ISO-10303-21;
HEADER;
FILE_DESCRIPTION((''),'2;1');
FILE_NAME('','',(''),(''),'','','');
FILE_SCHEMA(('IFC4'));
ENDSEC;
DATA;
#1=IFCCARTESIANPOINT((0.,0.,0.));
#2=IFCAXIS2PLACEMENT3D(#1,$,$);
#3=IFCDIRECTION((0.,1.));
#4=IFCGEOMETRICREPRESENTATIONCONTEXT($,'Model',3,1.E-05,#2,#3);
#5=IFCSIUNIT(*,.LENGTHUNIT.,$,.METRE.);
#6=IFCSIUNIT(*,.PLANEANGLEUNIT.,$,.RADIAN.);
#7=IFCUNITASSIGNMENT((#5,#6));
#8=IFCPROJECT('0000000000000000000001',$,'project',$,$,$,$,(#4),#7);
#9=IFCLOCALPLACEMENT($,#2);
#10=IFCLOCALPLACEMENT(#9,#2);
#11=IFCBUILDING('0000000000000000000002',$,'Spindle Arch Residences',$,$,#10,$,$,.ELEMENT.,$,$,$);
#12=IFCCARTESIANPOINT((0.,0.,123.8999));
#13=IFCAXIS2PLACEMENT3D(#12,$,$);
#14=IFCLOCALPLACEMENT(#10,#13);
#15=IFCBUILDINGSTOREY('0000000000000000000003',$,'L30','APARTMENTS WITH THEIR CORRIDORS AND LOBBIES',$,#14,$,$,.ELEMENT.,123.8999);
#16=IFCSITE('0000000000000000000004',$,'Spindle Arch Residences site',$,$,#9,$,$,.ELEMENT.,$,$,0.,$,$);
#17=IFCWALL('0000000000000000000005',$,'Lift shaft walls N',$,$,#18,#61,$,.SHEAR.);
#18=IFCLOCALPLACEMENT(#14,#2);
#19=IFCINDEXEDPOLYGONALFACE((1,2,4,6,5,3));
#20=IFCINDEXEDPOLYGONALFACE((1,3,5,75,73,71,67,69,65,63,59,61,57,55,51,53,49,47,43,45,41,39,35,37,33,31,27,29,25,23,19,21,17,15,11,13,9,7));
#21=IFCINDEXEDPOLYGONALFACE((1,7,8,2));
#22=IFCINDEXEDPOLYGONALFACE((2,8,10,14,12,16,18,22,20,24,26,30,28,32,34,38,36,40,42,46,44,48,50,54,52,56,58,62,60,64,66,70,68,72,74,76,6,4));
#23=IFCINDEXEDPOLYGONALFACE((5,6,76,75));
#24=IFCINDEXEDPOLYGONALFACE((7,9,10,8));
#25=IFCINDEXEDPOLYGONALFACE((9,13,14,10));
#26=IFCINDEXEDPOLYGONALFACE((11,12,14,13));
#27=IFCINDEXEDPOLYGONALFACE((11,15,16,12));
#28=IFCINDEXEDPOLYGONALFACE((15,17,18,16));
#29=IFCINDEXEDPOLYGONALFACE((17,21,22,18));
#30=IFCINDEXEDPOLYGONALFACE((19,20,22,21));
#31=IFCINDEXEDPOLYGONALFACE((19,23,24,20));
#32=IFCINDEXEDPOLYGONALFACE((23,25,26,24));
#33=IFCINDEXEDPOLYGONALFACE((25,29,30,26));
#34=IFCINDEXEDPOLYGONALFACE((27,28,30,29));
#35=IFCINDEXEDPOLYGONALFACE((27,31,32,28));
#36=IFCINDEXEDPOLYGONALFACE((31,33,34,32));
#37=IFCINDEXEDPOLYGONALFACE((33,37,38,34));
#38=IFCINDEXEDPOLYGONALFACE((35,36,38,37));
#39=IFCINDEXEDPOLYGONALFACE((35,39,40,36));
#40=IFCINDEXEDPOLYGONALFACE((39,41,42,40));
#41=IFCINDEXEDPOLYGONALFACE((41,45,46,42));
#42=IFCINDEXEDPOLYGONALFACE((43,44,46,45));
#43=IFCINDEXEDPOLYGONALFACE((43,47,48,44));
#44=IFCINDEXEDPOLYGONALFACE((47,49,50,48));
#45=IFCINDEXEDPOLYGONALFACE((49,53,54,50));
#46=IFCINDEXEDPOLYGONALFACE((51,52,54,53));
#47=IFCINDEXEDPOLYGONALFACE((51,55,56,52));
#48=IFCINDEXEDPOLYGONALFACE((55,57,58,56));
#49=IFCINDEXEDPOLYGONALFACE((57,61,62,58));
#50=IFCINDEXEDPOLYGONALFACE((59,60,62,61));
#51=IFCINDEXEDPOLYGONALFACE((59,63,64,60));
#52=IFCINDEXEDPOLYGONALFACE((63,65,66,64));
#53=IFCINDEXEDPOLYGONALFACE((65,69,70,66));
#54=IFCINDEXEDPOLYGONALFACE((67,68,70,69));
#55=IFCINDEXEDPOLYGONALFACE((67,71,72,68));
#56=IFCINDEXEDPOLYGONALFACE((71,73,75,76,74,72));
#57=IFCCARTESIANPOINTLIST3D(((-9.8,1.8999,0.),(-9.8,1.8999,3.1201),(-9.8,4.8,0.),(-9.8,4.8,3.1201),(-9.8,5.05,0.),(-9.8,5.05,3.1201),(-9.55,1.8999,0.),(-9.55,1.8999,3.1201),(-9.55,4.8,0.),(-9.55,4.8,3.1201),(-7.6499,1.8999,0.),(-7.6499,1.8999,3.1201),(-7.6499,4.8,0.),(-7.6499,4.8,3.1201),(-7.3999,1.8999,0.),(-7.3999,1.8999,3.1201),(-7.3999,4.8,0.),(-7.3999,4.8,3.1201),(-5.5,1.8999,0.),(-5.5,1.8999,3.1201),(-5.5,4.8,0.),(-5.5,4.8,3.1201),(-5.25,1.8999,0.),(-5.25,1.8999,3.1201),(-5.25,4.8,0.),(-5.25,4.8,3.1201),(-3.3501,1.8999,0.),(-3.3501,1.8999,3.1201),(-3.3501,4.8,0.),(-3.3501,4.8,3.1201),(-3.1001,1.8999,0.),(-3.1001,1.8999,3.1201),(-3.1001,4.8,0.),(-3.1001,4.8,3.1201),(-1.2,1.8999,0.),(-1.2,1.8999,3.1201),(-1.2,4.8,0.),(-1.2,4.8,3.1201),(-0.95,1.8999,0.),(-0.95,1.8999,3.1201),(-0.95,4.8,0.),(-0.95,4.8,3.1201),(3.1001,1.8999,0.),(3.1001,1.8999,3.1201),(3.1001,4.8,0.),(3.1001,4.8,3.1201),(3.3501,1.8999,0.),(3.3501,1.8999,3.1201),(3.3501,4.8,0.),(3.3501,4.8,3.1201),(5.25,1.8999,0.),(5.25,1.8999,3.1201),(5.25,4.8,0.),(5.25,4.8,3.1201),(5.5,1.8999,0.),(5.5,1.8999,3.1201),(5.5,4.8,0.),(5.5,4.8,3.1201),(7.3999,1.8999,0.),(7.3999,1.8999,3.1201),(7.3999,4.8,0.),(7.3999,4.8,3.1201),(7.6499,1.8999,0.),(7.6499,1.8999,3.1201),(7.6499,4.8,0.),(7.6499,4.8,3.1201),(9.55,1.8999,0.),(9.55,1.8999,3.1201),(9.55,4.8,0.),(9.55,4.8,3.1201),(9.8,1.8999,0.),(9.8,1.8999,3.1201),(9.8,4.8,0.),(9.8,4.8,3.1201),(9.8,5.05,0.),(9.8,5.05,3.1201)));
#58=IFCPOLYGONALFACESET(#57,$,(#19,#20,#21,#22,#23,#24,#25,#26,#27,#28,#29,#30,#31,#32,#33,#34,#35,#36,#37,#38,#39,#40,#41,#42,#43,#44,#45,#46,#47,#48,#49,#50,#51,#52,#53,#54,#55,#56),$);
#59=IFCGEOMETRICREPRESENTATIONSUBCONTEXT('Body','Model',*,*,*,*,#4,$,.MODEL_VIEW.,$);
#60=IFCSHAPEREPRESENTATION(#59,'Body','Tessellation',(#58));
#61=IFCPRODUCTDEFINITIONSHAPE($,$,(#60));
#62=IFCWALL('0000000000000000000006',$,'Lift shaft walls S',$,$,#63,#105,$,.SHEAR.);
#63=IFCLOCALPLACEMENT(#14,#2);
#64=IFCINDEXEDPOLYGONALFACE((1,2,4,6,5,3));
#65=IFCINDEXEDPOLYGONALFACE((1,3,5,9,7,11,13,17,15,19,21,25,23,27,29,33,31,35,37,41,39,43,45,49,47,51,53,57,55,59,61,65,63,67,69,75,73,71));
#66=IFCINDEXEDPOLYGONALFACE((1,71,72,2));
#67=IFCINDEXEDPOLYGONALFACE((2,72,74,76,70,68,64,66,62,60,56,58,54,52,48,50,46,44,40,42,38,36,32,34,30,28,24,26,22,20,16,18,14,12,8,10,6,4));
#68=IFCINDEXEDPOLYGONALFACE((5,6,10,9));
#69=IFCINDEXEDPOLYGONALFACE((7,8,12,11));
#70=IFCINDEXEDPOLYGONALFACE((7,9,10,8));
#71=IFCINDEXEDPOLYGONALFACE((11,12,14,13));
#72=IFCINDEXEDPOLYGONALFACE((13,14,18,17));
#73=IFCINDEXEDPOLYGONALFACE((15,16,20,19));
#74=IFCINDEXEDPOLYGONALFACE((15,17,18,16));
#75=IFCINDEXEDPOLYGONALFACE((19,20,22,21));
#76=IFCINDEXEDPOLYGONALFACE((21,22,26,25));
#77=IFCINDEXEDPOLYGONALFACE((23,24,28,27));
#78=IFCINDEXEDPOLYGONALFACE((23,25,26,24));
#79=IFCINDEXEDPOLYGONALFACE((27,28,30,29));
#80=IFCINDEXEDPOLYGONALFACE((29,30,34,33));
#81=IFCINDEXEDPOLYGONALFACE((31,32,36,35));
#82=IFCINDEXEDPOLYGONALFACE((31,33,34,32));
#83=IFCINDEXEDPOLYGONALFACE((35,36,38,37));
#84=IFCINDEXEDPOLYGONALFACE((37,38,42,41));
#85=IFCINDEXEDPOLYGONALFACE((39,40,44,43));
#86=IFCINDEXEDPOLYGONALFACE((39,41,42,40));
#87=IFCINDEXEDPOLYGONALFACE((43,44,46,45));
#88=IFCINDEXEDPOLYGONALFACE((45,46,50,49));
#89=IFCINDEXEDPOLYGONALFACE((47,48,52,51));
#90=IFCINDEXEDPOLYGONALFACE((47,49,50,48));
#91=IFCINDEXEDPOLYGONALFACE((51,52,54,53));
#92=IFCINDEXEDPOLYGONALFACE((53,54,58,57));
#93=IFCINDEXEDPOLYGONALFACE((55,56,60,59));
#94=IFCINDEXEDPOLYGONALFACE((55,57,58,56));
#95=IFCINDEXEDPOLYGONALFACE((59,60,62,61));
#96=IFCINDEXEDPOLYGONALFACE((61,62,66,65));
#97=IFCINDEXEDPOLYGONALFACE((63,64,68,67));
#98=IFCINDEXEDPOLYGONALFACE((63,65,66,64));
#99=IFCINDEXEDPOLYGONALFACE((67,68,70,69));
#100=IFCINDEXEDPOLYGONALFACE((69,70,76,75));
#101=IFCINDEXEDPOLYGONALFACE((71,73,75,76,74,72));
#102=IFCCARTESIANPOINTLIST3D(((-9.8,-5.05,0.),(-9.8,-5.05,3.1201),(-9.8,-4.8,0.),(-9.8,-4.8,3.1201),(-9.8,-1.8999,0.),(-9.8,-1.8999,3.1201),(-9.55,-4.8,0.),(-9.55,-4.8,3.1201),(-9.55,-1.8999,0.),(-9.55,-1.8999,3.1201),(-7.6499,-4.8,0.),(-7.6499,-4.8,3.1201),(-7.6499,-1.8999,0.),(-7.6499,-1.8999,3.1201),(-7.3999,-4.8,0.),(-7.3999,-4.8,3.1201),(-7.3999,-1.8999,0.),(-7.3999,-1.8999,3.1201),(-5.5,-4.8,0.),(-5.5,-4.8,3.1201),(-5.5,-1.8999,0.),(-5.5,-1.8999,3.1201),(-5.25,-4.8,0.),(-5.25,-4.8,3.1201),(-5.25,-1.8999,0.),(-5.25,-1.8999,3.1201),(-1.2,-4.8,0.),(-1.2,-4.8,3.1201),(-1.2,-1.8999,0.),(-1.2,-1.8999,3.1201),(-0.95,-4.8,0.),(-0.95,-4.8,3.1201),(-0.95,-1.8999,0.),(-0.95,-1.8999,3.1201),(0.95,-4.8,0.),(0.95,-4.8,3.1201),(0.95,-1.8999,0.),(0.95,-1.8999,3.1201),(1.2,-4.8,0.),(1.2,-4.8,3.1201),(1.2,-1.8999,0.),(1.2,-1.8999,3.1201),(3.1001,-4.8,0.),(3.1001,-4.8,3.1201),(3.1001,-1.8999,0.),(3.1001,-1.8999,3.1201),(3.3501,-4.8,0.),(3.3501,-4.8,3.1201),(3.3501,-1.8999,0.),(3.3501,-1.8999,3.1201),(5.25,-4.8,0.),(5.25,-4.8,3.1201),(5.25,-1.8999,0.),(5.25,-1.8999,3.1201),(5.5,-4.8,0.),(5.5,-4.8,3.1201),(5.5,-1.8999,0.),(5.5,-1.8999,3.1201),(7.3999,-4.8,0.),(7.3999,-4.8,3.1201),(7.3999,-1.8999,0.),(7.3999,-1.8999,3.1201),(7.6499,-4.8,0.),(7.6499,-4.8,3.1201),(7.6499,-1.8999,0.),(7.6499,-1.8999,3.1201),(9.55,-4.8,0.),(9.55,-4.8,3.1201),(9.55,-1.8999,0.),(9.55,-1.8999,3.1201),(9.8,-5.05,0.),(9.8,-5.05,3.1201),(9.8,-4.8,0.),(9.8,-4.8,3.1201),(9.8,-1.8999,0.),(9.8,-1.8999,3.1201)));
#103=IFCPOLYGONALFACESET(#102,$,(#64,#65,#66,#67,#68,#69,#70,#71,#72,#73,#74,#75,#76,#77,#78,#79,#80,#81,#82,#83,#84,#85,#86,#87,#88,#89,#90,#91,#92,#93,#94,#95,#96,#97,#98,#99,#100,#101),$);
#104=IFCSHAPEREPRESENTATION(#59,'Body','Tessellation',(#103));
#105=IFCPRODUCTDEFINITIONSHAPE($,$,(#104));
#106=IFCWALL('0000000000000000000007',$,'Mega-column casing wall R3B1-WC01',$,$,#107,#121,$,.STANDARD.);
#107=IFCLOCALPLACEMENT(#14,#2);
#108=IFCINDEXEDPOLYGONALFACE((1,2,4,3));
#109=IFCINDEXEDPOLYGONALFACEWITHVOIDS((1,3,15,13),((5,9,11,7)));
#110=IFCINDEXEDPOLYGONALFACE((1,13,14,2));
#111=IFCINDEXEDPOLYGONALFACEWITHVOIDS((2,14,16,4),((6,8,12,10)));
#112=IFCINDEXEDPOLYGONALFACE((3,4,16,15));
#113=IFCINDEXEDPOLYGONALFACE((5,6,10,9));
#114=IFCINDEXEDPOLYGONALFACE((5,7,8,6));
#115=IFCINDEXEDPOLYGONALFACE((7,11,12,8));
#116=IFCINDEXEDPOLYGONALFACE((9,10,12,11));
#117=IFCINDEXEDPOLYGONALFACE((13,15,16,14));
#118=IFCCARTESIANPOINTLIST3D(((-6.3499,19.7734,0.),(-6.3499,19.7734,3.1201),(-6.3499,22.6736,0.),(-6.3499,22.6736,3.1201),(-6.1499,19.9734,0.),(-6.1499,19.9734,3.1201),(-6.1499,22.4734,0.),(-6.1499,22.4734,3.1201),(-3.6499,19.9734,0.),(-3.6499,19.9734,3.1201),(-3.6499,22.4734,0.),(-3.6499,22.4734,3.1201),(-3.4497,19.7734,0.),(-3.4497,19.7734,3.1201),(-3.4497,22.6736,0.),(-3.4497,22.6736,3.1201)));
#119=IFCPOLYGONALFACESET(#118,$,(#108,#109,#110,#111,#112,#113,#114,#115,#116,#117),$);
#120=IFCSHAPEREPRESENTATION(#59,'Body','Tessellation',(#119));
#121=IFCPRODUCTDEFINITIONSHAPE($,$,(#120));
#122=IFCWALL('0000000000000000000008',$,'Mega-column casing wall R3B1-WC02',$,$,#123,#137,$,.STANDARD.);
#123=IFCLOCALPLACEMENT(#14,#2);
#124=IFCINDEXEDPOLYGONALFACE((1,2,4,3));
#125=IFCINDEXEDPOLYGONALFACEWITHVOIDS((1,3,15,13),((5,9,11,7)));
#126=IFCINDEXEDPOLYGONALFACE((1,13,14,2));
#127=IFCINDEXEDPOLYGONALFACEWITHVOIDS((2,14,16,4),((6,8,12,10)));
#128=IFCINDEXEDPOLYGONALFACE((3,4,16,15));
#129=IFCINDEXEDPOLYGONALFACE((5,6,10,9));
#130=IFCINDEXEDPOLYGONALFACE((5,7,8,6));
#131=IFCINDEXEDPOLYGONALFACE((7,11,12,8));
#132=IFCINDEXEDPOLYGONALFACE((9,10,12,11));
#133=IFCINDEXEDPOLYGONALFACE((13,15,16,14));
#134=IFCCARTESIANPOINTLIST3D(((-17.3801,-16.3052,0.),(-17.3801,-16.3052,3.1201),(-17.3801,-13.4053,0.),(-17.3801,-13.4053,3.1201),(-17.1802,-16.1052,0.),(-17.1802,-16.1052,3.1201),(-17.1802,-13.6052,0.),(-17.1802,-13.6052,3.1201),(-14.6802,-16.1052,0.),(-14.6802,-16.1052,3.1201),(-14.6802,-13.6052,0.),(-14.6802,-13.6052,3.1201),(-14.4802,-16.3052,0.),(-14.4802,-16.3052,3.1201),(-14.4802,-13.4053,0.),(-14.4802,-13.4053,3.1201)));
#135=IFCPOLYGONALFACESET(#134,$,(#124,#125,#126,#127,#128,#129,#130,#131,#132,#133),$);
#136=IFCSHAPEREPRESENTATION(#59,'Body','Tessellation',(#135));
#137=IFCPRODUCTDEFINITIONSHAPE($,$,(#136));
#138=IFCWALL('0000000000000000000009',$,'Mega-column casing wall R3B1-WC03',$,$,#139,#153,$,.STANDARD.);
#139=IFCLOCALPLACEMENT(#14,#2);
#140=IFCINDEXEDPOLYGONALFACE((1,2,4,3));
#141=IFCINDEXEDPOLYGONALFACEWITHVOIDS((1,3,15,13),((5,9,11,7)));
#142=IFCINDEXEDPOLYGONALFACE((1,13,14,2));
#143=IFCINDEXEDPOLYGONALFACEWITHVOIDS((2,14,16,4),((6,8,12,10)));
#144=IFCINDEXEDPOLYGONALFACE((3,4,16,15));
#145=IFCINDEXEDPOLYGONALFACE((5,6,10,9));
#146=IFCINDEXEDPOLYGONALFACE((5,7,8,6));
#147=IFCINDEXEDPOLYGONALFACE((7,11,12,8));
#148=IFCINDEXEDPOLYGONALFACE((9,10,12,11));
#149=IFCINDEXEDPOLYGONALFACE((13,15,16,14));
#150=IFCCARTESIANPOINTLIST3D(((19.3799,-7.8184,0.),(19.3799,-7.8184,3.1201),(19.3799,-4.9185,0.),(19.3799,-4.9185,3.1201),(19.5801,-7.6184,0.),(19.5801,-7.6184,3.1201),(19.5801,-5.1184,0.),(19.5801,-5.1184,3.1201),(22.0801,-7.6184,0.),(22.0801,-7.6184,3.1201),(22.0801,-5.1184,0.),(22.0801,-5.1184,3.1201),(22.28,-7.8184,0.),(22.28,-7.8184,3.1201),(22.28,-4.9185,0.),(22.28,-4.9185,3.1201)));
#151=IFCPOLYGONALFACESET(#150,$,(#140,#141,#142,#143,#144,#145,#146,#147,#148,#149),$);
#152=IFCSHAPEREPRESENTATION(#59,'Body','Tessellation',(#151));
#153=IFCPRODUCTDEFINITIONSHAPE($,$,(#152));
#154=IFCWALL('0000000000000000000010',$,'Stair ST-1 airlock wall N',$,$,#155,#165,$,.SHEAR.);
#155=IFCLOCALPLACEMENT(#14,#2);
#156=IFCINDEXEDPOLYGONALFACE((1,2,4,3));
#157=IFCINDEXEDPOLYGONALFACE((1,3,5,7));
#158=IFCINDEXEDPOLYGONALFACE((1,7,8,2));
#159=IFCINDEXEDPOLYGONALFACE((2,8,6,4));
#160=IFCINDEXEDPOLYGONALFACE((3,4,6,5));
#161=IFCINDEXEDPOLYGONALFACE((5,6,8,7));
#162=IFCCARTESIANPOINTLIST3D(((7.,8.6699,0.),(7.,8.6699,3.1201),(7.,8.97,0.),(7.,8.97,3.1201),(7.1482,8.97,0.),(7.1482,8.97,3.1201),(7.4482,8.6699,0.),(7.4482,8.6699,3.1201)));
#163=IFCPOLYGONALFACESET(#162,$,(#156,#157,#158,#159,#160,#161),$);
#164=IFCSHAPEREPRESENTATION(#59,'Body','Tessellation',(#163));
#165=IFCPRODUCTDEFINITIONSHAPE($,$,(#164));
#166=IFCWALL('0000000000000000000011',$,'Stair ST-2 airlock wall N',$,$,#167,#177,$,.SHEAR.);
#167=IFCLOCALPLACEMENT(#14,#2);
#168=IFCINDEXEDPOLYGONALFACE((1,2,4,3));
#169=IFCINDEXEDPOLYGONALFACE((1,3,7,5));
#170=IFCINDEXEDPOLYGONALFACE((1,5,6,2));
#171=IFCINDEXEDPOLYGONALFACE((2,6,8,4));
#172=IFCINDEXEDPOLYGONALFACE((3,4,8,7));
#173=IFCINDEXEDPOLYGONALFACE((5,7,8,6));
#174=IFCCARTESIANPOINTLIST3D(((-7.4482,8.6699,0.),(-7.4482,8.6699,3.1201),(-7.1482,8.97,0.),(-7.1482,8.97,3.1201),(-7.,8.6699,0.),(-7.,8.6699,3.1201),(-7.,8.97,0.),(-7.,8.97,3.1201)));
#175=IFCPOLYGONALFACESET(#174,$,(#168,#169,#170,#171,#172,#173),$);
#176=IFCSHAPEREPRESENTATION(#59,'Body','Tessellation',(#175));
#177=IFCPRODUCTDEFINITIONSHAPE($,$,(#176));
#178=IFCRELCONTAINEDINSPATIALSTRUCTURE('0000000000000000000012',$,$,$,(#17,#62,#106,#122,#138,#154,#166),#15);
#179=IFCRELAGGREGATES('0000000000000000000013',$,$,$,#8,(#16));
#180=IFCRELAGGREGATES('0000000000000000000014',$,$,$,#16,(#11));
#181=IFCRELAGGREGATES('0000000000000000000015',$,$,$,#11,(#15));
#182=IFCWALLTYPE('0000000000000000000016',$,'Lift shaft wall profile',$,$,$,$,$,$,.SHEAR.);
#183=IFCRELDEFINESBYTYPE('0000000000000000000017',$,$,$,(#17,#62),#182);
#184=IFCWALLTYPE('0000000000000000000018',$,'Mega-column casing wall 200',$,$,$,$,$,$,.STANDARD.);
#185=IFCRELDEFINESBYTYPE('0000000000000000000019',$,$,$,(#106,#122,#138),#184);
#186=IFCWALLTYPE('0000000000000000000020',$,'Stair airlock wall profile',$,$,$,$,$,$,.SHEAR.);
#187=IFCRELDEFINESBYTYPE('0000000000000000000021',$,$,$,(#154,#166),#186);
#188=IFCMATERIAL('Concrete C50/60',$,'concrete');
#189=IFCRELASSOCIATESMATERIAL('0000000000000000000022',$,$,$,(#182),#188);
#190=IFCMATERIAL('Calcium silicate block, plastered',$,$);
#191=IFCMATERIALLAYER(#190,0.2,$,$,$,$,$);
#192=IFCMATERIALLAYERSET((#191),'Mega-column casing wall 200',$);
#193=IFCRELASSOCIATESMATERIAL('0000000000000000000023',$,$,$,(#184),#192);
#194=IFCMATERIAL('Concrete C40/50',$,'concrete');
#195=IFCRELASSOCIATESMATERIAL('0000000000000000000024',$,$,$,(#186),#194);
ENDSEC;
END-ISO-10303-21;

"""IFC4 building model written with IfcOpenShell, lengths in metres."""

from ifc_helpers import new_model, si_unit, direction, frame, origin, place, context, subcontext, project, spatial, polyline, outline, extrude, material, layer, layer_set, type_object, element, save


model = new_model("IFC4")

# Units and contexts
model_context = context("Model", 3, precision=1e-05, world=origin(), true_north=direction((0.0, 1.0)))
body_context = subcontext(model_context, "Body", "Model", "MODEL_VIEW")
ifc_project = project(units=[si_unit("LENGTHUNIT", "METRE"), si_unit("PLANEANGLEUNIT", "RADIAN")], contexts=[model_context])

# Site, building, storey
site_placement = place(None, origin())
site = spatial("IfcSite", under=ifc_project, at=site_placement, Name="Spindle Arch Residences site", CompositionType="ELEMENT", RefElevation=0.0)
building_placement = place(site_placement, origin())
building = spatial("IfcBuilding", under=site, at=building_placement, Name="Spindle Arch Residences", CompositionType="ELEMENT")
storey_placement = place(building_placement, frame((0.0, 0.0, 123.8999)))
storey = spatial("IfcBuildingStorey", under=building, at=storey_placement, Name="L30", Description="APARTMENTS WITH THEIR CORRIDORS AND LOBBIES", CompositionType="ELEMENT", Elevation=123.8999)

# Walls
ifc_material_1 = material(Name="Concrete C50/60", Category="concrete")
wall_type_1 = type_object("IfcWallType", Name="Lift shaft wall profile", PredefinedType="SHEAR", material=ifc_material_1)
wall_1_placement = place(storey_placement, origin())
element("IfcWall", 1, at=wall_1_placement, inside=storey, type_object=wall_type_1, Name="Lift shaft walls N", PredefinedType="SHEAR", context=body_context, shape_type="SweptSolid", body=[
    extrude(outline(polyline([(-9.55, 4.8), (-7.6499, 4.8), (-7.6499, 1.8999), (-7.3999, 1.8999), (-7.3999, 4.8), (-5.5, 4.8), (-5.5, 1.8999), (-5.25, 1.8999), (-5.25, 4.8), (-3.3501, 4.8), (-3.3501, 1.8999), (-3.1001, 1.8999), (-3.1001, 4.8), (-1.2, 4.8), (-1.2, 1.8999), (-0.95, 1.8999), (-0.95, 4.8), (3.1001, 4.8), (3.1001, 1.8999), (3.3501, 1.8999), (3.3501, 4.8), (5.25, 4.8), (5.25, 1.8999), (5.5, 1.8999), (5.5, 4.8), (7.3999, 4.8), (7.3999, 1.8999), (7.6499, 1.8999), (7.6499, 4.8), (9.55, 4.8), (9.55, 1.8999), (9.8, 1.8999), (9.8, 4.8), (9.8, 5.05), (-9.8, 5.05), (-9.8, 4.8), (-9.8, 1.8999), (-9.55, 1.8999), (-9.55, 4.8)])), origin(), (0.0, 0.0, 1.0), 3.1201),
])
wall_2_placement = place(storey_placement, origin())
element("IfcWall", 2, at=wall_2_placement, inside=storey, type_object=wall_type_1, Name="Lift shaft walls S", PredefinedType="SHEAR", context=body_context, shape_type="SweptSolid", body=[
    extrude(outline(polyline([(9.8, -5.05), (9.8, -4.8), (9.8, -1.8999), (9.55, -1.8999), (9.55, -4.8), (7.6499, -4.8), (7.6499, -1.8999), (7.3999, -1.8999), (7.3999, -4.8), (5.5, -4.8), (5.5, -1.8999), (5.25, -1.8999), (5.25, -4.8), (3.3501, -4.8), (3.3501, -1.8999), (3.1001, -1.8999), (3.1001, -4.8), (1.2, -4.8), (1.2, -1.8999), (0.95, -1.8999), (0.95, -4.8), (-0.95, -4.8), (-0.95, -1.8999), (-1.2, -1.8999), (-1.2, -4.8), (-5.25, -4.8), (-5.25, -1.8999), (-5.5, -1.8999), (-5.5, -4.8), (-7.3999, -4.8), (-7.3999, -1.8999), (-7.6499, -1.8999), (-7.6499, -4.8), (-9.55, -4.8), (-9.55, -1.8999), (-9.8, -1.8999), (-9.8, -4.8), (-9.8, -5.05), (9.8, -5.05)])), origin(), (0.0, 0.0, 1.0), 3.1201),
])
ifc_material_2 = material(Name="Calcium silicate block, plastered")
ifc_layer_1 = layer(ifc_material_2, 0.2)
ifc_layer_set_1 = layer_set([ifc_layer_1], Name="Mega-column casing wall 200")
wall_type_2 = type_object("IfcWallType", Name="Mega-column casing wall 200", PredefinedType="STANDARD", material=ifc_layer_set_1)
wall_3_placement = place(storey_placement, origin())
element("IfcWall", 3, at=wall_3_placement, inside=storey, type_object=wall_type_2, Name="Mega-column casing wall R3B1-WC01", PredefinedType="STANDARD", context=body_context, shape_type="SweptSolid", body=[
    extrude(outline(polyline([(-3.4497, 22.6736), (-3.4497, 19.7734), (-6.3499, 19.7734), (-6.3499, 22.6736), (-3.4497, 22.6736)]), holes=[polyline([(-6.1499, 19.9734), (-3.6499, 19.9734), (-3.6499, 22.4734), (-6.1499, 22.4734), (-6.1499, 19.9734)])]), origin(), (0.0, 0.0, 1.0), 3.1201),
])
wall_4_placement = place(storey_placement, origin())
element("IfcWall", 4, at=wall_4_placement, inside=storey, type_object=wall_type_2, Name="Mega-column casing wall R3B1-WC02", PredefinedType="STANDARD", context=body_context, shape_type="SweptSolid", body=[
    extrude(outline(polyline([(-14.4802, -13.4053), (-14.4802, -16.3052), (-17.3801, -16.3052), (-17.3801, -13.4053), (-14.4802, -13.4053)]), holes=[polyline([(-17.1802, -16.1052), (-14.6802, -16.1052), (-14.6802, -13.6052), (-17.1802, -13.6052), (-17.1802, -16.1052)])]), origin(), (0.0, 0.0, 1.0), 3.1201),
])
wall_5_placement = place(storey_placement, origin())
element("IfcWall", 5, at=wall_5_placement, inside=storey, type_object=wall_type_2, Name="Mega-column casing wall R3B1-WC03", PredefinedType="STANDARD", context=body_context, shape_type="SweptSolid", body=[
    extrude(outline(polyline([(22.28, -4.9185), (22.28, -7.8184), (19.3799, -7.8184), (19.3799, -4.9185), (22.28, -4.9185)]), holes=[polyline([(19.5801, -7.6184), (22.0801, -7.6184), (22.0801, -5.1184), (19.5801, -5.1184), (19.5801, -7.6184)])]), origin(), (0.0, 0.0, 1.0), 3.1201),
])
ifc_material_3 = material(Name="Concrete C40/50", Category="concrete")
wall_type_3 = type_object("IfcWallType", Name="Stair airlock wall profile", PredefinedType="SHEAR", material=ifc_material_3)
wall_6_placement = place(storey_placement, origin())
element("IfcWall", 6, at=wall_6_placement, inside=storey, type_object=wall_type_3, Name="Stair ST-1 airlock wall N", PredefinedType="SHEAR", context=body_context, shape_type="SweptSolid", body=[
    extrude(outline(polyline([(7.4482, 8.6699), (7.0, 8.6699), (7.0, 8.97), (7.1482, 8.97), (7.4482, 8.6699)])), origin(), (0.0, 0.0, 1.0), 3.1201),
])
wall_7_placement = place(storey_placement, origin())
element("IfcWall", 7, at=wall_7_placement, inside=storey, type_object=wall_type_3, Name="Stair ST-2 airlock wall N", PredefinedType="SHEAR", context=body_context, shape_type="SweptSolid", body=[
    extrude(outline(polyline([(-7.1482, 8.97), (-7.0, 8.97), (-7.0, 8.6699), (-7.4482, 8.6699), (-7.1482, 8.97)])), origin(), (0.0, 0.0, 1.0), 3.1201),
])

save(model, "model.ifc")
